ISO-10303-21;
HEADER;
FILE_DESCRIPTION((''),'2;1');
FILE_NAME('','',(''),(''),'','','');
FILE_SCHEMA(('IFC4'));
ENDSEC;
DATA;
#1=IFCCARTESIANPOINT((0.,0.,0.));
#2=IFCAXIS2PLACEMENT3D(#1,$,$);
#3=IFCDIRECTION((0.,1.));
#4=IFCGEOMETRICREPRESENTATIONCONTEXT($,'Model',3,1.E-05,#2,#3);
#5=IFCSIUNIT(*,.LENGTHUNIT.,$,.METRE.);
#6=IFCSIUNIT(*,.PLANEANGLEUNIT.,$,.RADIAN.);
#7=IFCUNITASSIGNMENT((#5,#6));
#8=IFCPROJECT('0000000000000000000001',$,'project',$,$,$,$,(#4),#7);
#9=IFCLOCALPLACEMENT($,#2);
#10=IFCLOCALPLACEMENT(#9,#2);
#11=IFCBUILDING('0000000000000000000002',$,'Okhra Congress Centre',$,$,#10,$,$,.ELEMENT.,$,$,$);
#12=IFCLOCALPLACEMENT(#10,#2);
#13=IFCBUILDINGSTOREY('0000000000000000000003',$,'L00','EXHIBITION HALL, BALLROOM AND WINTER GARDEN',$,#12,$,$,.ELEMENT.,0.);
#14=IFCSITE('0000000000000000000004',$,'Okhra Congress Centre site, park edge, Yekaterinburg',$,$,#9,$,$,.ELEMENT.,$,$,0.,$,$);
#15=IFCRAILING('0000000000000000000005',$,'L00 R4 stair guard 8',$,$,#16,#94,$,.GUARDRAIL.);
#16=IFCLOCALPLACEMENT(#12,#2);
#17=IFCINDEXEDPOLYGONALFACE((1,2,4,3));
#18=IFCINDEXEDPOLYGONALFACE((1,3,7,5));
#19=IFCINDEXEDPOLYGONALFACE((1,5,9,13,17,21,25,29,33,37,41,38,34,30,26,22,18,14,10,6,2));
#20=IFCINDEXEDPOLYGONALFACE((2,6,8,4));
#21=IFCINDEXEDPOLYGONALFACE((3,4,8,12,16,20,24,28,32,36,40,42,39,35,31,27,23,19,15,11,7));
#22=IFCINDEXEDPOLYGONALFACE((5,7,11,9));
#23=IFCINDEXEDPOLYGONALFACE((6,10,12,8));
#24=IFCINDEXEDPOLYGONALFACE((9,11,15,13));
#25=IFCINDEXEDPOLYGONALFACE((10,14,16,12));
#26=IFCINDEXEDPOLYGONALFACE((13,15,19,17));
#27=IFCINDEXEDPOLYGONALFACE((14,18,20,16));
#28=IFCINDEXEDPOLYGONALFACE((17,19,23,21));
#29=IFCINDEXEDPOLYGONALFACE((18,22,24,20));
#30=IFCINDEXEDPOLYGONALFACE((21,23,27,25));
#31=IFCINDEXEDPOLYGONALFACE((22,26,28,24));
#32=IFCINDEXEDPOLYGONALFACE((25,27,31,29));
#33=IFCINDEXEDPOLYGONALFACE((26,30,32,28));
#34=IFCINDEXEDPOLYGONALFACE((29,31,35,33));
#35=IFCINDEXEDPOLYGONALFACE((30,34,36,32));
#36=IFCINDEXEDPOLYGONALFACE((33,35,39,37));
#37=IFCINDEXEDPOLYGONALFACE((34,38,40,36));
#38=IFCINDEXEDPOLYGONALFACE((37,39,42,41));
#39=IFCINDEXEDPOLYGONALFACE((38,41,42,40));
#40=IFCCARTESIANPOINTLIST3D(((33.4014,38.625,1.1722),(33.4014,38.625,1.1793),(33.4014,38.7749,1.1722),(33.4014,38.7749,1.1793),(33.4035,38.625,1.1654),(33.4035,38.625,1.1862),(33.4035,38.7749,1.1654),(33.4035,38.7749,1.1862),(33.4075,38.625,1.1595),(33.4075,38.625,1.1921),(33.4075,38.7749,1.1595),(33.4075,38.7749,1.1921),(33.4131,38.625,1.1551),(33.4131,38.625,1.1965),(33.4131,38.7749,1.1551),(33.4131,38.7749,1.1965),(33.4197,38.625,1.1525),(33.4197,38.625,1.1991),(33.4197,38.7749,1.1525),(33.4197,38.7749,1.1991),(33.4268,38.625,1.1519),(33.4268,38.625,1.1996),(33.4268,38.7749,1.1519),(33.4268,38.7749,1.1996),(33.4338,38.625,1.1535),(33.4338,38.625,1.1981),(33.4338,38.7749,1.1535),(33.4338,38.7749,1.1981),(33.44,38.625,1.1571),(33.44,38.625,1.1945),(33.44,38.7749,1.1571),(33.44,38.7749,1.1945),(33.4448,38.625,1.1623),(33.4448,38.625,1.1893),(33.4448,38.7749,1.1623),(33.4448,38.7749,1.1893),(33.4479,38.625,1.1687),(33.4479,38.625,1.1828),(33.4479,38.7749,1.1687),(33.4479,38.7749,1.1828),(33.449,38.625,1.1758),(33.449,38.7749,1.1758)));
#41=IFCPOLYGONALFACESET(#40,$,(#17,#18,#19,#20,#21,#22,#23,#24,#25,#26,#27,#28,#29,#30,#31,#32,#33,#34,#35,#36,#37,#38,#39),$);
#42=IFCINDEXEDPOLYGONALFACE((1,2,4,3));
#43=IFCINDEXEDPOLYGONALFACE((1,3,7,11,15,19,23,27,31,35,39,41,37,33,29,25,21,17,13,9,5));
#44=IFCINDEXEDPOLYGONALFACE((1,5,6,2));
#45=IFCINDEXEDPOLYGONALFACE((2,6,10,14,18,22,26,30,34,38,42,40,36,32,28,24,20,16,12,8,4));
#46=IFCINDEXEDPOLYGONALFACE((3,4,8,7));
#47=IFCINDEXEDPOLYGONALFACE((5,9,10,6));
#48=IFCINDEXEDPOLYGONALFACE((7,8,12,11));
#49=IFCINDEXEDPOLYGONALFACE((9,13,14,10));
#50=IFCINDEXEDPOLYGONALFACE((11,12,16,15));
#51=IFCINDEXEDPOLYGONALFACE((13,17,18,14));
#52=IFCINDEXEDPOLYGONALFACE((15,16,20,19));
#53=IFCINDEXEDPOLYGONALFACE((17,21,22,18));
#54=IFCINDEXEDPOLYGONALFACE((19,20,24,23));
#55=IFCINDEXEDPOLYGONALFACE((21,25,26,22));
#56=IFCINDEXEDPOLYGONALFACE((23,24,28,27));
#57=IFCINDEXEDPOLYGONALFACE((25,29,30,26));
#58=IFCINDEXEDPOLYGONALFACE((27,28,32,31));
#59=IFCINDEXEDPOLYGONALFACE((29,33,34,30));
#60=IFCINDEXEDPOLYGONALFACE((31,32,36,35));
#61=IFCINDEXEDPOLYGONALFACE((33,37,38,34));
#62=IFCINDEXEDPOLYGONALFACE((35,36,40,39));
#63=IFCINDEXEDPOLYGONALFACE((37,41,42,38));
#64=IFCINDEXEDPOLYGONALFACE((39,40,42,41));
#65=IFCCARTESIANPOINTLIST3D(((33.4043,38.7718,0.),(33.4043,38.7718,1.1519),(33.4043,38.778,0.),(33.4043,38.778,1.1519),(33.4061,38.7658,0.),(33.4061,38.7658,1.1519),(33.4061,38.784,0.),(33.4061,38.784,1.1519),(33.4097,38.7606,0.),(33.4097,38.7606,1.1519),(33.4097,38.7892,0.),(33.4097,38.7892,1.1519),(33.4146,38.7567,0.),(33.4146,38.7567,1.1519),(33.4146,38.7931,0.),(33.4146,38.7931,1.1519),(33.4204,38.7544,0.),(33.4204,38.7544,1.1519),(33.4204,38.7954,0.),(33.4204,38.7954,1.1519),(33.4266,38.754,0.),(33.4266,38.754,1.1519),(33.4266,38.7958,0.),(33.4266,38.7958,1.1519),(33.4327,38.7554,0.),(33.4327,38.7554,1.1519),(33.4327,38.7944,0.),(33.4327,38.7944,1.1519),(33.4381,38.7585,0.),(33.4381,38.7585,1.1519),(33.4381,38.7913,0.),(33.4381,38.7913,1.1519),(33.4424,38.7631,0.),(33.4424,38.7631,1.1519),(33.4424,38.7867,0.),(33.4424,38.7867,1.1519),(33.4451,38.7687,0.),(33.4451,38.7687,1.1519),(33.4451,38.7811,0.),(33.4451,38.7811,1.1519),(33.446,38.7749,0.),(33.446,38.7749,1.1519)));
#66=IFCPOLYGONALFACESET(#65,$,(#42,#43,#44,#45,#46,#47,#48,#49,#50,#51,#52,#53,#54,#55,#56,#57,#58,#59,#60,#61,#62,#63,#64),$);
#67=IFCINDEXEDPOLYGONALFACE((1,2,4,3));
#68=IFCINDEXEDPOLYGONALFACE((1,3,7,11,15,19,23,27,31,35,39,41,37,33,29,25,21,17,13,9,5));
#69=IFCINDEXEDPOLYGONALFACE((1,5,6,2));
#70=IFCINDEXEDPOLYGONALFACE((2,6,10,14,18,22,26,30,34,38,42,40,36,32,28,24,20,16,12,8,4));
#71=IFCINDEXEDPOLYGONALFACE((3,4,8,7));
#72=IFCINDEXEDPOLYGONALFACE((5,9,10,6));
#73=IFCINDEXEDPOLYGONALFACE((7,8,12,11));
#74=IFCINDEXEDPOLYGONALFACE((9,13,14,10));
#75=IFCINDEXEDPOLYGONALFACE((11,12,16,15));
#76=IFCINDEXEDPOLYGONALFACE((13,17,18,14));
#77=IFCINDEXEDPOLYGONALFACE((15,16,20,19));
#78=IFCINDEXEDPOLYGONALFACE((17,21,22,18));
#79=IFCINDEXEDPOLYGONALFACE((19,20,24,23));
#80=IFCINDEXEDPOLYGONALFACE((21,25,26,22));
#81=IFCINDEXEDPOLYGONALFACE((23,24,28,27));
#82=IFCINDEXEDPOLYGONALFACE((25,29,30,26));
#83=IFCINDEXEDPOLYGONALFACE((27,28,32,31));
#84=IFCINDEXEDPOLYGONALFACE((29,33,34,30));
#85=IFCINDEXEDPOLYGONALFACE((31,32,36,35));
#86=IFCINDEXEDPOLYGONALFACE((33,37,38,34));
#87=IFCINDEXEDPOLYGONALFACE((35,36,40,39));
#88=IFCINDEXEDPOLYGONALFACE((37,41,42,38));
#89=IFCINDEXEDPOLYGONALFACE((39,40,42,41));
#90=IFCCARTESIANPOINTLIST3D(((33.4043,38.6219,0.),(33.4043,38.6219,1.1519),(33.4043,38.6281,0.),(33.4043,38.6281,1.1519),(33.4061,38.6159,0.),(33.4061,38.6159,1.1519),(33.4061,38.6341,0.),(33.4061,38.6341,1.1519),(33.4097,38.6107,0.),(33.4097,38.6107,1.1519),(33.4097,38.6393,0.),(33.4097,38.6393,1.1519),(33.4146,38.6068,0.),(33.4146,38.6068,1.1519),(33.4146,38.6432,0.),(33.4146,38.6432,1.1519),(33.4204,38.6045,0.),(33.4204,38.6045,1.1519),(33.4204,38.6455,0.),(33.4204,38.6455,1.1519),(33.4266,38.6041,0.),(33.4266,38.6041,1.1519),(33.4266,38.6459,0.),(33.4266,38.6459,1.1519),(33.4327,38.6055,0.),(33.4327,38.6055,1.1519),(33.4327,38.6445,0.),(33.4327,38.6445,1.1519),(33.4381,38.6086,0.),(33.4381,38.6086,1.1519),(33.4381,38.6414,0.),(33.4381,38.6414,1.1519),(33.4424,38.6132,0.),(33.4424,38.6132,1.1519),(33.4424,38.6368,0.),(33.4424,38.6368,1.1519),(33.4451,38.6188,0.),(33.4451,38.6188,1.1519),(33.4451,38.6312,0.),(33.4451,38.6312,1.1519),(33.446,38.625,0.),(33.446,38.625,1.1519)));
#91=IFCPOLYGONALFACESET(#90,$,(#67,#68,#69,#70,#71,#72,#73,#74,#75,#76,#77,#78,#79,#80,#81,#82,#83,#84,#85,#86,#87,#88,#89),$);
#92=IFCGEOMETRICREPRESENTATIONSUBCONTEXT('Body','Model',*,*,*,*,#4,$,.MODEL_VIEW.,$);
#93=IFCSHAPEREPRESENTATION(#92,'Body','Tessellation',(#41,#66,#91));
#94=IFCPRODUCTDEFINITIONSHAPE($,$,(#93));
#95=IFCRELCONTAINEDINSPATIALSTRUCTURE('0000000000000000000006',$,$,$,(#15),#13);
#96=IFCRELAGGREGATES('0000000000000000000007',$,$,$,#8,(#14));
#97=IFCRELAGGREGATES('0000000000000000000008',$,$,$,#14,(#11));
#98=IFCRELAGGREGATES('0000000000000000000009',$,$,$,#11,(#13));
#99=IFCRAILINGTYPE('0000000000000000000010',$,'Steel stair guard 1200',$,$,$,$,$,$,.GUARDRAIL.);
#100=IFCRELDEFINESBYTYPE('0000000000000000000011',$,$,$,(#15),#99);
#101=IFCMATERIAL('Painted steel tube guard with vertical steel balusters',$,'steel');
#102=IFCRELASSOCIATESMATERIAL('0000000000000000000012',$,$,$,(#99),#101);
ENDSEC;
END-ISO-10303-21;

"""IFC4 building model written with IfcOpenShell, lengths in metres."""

from ifc_helpers import new_model, si_unit, direction, frame, origin, origin_2d, place, context, subcontext, project, spatial, circle, extrude, material, type_object, element, save


model = new_model("IFC4")

# Units and contexts
model_context = context("Model", 3, precision=1e-05, world=origin(), true_north=direction((0.0, 1.0)))
body_context = subcontext(model_context, "Body", "Model", "MODEL_VIEW")
ifc_project = project(units=[si_unit("LENGTHUNIT", "METRE"), si_unit("PLANEANGLEUNIT", "RADIAN")], contexts=[model_context])

# Site, building, storey
site_placement = place(None, origin())
site = spatial("IfcSite", under=ifc_project, at=site_placement, Name="Okhra Congress Centre site, park edge, Yekaterinburg", CompositionType="ELEMENT", RefElevation=0.0)
building_placement = place(site_placement, origin())
building = spatial("IfcBuilding", under=site, at=building_placement, Name="Okhra Congress Centre", CompositionType="ELEMENT")
storey_placement = place(building_placement, origin())
storey = spatial("IfcBuildingStorey", under=building, at=storey_placement, Name="L00", Description="EXHIBITION HALL, BALLROOM AND WINTER GARDEN", CompositionType="ELEMENT", Elevation=0.0)

# Railing
ifc_material_1 = material(Name="Painted steel tube guard with vertical steel balusters", Category="steel")
railing_type_1 = type_object("IfcRailingType", Name="Steel stair guard 1200", PredefinedType="GUARDRAIL", material=ifc_material_1)
railing_1_placement = place(storey_placement, frame((33.425, 38.7749, 0.0)))
element("IfcRailing", 1, at=railing_1_placement, inside=storey, type_object=railing_type_1, Name="L00 R4 stair guard 8", PredefinedType="GUARDRAIL", context=body_context, shape_type="SweptSolid", body=[
    extrude(circle(Radius=0.0239, at=origin_2d()), frame((0.0, 0.0, 1.1758), z_axis=(0.0, -1.0, 0.0), x_axis=(1.0, 0.0, 0.0)), (0.0, 0.0, 1.0), 0.1499),
    extrude(circle(Radius=0.021, at=origin_2d()), origin(), (0.0, 0.0, 1.0), 1.1519),
    extrude(circle(Radius=0.021, at=origin_2d()), frame((0.0, -0.1499, 0.0)), (0.0, 0.0, 1.0), 1.1519),
])

save(model, "model.ifc")
